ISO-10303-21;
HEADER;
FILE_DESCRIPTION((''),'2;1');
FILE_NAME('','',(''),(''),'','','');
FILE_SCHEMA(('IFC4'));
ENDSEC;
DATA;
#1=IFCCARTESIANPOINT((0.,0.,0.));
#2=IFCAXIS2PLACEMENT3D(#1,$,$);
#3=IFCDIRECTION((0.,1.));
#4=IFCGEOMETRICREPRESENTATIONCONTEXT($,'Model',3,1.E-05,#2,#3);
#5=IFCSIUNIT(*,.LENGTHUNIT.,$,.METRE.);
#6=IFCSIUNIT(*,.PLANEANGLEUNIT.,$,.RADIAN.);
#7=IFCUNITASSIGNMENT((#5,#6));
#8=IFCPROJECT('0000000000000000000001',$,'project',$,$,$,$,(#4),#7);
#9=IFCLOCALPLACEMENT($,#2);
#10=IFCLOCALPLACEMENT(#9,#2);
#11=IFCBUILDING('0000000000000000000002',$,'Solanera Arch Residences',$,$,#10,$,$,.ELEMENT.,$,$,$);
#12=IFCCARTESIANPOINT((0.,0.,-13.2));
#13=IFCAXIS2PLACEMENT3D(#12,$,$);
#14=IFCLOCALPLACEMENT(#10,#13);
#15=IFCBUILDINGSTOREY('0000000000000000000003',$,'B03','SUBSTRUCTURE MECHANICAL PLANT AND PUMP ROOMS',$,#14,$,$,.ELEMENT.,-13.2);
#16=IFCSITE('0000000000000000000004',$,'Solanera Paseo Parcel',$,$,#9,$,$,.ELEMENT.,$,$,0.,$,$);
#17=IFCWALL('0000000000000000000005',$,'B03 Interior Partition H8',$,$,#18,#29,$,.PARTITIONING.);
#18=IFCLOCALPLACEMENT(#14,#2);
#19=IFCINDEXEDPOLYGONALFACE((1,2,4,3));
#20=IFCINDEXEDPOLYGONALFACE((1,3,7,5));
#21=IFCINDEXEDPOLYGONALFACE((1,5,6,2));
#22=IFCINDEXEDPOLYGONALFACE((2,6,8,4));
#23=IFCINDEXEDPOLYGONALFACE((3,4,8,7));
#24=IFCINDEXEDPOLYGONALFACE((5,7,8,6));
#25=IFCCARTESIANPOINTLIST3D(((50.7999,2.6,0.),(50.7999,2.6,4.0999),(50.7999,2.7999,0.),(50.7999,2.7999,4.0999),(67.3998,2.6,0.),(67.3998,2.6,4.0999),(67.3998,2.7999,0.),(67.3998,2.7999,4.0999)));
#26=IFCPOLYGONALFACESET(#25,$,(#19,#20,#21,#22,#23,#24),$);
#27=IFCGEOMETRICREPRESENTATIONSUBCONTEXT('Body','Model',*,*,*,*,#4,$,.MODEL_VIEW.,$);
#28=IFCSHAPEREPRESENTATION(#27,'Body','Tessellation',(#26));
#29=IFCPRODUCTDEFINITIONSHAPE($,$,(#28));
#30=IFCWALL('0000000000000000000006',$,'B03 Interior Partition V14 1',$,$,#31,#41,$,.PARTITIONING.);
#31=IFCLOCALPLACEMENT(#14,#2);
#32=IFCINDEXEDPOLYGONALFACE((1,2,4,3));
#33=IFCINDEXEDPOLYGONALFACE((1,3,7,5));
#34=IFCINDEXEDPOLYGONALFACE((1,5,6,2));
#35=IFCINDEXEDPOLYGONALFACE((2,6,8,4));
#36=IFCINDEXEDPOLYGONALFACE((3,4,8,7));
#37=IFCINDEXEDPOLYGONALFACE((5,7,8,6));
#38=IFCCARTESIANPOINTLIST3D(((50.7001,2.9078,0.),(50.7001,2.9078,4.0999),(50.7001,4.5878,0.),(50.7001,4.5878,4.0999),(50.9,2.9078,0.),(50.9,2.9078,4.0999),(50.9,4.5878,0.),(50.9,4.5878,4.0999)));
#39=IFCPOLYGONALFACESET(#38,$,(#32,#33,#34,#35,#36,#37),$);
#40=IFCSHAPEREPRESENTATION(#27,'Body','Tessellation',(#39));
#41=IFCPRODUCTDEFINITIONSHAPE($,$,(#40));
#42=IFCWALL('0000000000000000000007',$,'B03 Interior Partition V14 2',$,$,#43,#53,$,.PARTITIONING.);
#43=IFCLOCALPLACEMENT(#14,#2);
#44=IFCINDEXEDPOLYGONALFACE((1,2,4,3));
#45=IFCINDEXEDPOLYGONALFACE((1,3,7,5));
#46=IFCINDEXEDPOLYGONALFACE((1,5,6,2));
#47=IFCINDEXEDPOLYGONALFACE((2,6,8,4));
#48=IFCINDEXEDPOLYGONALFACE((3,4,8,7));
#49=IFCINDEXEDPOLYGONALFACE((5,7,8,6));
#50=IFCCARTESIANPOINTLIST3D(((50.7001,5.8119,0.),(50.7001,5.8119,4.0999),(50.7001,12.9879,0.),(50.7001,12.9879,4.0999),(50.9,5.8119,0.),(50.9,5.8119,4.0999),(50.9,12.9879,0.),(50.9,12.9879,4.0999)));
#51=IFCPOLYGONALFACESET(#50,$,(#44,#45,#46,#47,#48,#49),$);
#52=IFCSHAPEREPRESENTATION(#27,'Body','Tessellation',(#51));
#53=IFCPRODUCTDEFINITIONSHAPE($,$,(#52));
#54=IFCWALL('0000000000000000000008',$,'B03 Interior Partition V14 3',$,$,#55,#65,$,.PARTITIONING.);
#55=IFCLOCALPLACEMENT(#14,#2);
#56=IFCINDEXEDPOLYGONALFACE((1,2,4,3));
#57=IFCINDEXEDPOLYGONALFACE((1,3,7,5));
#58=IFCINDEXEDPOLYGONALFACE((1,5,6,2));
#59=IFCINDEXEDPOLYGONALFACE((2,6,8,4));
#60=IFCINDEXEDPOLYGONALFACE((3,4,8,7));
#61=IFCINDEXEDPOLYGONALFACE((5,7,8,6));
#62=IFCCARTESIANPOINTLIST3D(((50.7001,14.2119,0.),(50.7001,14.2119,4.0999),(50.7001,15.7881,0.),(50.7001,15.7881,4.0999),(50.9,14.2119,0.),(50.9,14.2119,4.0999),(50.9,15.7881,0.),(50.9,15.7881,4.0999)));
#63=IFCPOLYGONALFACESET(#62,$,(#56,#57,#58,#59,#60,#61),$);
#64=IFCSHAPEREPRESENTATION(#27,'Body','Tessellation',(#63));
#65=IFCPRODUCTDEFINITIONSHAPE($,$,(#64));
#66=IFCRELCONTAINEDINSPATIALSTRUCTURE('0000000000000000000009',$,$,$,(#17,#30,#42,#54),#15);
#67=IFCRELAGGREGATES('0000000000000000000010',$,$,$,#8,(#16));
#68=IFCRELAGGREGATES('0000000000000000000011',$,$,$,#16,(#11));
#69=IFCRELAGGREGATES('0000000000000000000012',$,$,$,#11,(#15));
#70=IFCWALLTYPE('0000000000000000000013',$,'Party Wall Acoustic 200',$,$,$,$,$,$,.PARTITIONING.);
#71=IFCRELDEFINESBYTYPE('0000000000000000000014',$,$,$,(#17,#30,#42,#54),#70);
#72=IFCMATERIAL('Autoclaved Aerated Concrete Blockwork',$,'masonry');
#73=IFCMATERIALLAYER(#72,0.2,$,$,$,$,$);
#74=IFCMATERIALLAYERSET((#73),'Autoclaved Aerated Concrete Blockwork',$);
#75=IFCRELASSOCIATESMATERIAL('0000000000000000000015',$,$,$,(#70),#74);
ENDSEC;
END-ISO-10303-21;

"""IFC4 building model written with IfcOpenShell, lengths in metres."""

from ifc_helpers import new_model, si_unit, direction, frame, frame_2d, origin, place, context, subcontext, project, spatial, rectangle, extrude, material, layer, layer_set, type_object, element, save


model = new_model("IFC4")

# Units and contexts
model_context = context("Model", 3, precision=1e-05, world=origin(), true_north=direction((0.0, 1.0)))
body_context = subcontext(model_context, "Body", "Model", "MODEL_VIEW")
ifc_project = project(units=[si_unit("LENGTHUNIT", "METRE"), si_unit("PLANEANGLEUNIT", "RADIAN")], contexts=[model_context])

# Site, building, storey
site_placement = place(None, origin())
site = spatial("IfcSite", under=ifc_project, at=site_placement, Name="Solanera Paseo Parcel", CompositionType="ELEMENT", RefElevation=0.0)
building_placement = place(site_placement, origin())
building = spatial("IfcBuilding", under=site, at=building_placement, Name="Solanera Arch Residences", CompositionType="ELEMENT")
storey_placement = place(building_placement, frame((0.0, 0.0, -13.2)))
storey = spatial("IfcBuildingStorey", under=building, at=storey_placement, Name="B03", Description="SUBSTRUCTURE MECHANICAL PLANT AND PUMP ROOMS", CompositionType="ELEMENT", Elevation=-13.2)

# Walls
ifc_material_1 = material(Name="Autoclaved Aerated Concrete Blockwork", Category="masonry")
ifc_layer_1 = layer(ifc_material_1, 0.2)
ifc_layer_set_1 = layer_set([ifc_layer_1], Name="Autoclaved Aerated Concrete Blockwork")
wall_type_1 = type_object("IfcWallType", Name="Party Wall Acoustic 200", PredefinedType="PARTITIONING", material=ifc_layer_set_1)
wall_1_placement = place(storey_placement, frame((50.8, 2.7, 0.0), z_axis=(0.0, 0.0, 1.0), x_axis=(1.0, 0.0, 0.0)))
element("IfcWall", 1, at=wall_1_placement, inside=storey, type_object=wall_type_1, Name="B03 Interior Partition H8", PredefinedType="PARTITIONING", context=body_context, shape_type="SweptSolid", body=[
    extrude(rectangle(XDim=16.5999, YDim=0.2, at=frame_2d((8.2998, 0.0))), origin(), (0.0, 0.0, 1.0), 4.0999),
])
wall_2_placement = place(storey_placement, frame((50.8, 2.908, 0.0), z_axis=(0.0, 0.0, 1.0), x_axis=(0.0, 1.0, 0.0)))
element("IfcWall", 2, at=wall_2_placement, inside=storey, type_object=wall_type_1, Name="B03 Interior Partition V14 1", PredefinedType="PARTITIONING", context=body_context, shape_type="SweptSolid", body=[
    extrude(rectangle(XDim=1.6799, YDim=0.2, at=frame_2d((0.8398, 0.0))), origin(), (0.0, 0.0, 1.0), 4.0999),
])
wall_3_placement = place(storey_placement, frame((50.8, 5.812, 0.0), z_axis=(0.0, 0.0, 1.0), x_axis=(0.0, 1.0, 0.0)))
element("IfcWall", 3, at=wall_3_placement, inside=storey, type_object=wall_type_1, Name="B03 Interior Partition V14 2", PredefinedType="PARTITIONING", context=body_context, shape_type="SweptSolid", body=[
    extrude(rectangle(XDim=7.176, YDim=0.2, at=frame_2d((3.5879, 0.0))), origin(), (0.0, 0.0, 1.0), 4.0999),
])
wall_4_placement = place(storey_placement, frame((50.8, 14.2119, 0.0), z_axis=(0.0, 0.0, 1.0), x_axis=(0.0, 1.0, 0.0)))
element("IfcWall", 4, at=wall_4_placement, inside=storey, type_object=wall_type_1, Name="B03 Interior Partition V14 3", PredefinedType="PARTITIONING", context=body_context, shape_type="SweptSolid", body=[
    extrude(rectangle(XDim=1.5762, YDim=0.2, at=frame_2d((0.7881, 0.0))), origin(), (0.0, 0.0, 1.0), 4.0999),
])

save(model, "model.ifc")
